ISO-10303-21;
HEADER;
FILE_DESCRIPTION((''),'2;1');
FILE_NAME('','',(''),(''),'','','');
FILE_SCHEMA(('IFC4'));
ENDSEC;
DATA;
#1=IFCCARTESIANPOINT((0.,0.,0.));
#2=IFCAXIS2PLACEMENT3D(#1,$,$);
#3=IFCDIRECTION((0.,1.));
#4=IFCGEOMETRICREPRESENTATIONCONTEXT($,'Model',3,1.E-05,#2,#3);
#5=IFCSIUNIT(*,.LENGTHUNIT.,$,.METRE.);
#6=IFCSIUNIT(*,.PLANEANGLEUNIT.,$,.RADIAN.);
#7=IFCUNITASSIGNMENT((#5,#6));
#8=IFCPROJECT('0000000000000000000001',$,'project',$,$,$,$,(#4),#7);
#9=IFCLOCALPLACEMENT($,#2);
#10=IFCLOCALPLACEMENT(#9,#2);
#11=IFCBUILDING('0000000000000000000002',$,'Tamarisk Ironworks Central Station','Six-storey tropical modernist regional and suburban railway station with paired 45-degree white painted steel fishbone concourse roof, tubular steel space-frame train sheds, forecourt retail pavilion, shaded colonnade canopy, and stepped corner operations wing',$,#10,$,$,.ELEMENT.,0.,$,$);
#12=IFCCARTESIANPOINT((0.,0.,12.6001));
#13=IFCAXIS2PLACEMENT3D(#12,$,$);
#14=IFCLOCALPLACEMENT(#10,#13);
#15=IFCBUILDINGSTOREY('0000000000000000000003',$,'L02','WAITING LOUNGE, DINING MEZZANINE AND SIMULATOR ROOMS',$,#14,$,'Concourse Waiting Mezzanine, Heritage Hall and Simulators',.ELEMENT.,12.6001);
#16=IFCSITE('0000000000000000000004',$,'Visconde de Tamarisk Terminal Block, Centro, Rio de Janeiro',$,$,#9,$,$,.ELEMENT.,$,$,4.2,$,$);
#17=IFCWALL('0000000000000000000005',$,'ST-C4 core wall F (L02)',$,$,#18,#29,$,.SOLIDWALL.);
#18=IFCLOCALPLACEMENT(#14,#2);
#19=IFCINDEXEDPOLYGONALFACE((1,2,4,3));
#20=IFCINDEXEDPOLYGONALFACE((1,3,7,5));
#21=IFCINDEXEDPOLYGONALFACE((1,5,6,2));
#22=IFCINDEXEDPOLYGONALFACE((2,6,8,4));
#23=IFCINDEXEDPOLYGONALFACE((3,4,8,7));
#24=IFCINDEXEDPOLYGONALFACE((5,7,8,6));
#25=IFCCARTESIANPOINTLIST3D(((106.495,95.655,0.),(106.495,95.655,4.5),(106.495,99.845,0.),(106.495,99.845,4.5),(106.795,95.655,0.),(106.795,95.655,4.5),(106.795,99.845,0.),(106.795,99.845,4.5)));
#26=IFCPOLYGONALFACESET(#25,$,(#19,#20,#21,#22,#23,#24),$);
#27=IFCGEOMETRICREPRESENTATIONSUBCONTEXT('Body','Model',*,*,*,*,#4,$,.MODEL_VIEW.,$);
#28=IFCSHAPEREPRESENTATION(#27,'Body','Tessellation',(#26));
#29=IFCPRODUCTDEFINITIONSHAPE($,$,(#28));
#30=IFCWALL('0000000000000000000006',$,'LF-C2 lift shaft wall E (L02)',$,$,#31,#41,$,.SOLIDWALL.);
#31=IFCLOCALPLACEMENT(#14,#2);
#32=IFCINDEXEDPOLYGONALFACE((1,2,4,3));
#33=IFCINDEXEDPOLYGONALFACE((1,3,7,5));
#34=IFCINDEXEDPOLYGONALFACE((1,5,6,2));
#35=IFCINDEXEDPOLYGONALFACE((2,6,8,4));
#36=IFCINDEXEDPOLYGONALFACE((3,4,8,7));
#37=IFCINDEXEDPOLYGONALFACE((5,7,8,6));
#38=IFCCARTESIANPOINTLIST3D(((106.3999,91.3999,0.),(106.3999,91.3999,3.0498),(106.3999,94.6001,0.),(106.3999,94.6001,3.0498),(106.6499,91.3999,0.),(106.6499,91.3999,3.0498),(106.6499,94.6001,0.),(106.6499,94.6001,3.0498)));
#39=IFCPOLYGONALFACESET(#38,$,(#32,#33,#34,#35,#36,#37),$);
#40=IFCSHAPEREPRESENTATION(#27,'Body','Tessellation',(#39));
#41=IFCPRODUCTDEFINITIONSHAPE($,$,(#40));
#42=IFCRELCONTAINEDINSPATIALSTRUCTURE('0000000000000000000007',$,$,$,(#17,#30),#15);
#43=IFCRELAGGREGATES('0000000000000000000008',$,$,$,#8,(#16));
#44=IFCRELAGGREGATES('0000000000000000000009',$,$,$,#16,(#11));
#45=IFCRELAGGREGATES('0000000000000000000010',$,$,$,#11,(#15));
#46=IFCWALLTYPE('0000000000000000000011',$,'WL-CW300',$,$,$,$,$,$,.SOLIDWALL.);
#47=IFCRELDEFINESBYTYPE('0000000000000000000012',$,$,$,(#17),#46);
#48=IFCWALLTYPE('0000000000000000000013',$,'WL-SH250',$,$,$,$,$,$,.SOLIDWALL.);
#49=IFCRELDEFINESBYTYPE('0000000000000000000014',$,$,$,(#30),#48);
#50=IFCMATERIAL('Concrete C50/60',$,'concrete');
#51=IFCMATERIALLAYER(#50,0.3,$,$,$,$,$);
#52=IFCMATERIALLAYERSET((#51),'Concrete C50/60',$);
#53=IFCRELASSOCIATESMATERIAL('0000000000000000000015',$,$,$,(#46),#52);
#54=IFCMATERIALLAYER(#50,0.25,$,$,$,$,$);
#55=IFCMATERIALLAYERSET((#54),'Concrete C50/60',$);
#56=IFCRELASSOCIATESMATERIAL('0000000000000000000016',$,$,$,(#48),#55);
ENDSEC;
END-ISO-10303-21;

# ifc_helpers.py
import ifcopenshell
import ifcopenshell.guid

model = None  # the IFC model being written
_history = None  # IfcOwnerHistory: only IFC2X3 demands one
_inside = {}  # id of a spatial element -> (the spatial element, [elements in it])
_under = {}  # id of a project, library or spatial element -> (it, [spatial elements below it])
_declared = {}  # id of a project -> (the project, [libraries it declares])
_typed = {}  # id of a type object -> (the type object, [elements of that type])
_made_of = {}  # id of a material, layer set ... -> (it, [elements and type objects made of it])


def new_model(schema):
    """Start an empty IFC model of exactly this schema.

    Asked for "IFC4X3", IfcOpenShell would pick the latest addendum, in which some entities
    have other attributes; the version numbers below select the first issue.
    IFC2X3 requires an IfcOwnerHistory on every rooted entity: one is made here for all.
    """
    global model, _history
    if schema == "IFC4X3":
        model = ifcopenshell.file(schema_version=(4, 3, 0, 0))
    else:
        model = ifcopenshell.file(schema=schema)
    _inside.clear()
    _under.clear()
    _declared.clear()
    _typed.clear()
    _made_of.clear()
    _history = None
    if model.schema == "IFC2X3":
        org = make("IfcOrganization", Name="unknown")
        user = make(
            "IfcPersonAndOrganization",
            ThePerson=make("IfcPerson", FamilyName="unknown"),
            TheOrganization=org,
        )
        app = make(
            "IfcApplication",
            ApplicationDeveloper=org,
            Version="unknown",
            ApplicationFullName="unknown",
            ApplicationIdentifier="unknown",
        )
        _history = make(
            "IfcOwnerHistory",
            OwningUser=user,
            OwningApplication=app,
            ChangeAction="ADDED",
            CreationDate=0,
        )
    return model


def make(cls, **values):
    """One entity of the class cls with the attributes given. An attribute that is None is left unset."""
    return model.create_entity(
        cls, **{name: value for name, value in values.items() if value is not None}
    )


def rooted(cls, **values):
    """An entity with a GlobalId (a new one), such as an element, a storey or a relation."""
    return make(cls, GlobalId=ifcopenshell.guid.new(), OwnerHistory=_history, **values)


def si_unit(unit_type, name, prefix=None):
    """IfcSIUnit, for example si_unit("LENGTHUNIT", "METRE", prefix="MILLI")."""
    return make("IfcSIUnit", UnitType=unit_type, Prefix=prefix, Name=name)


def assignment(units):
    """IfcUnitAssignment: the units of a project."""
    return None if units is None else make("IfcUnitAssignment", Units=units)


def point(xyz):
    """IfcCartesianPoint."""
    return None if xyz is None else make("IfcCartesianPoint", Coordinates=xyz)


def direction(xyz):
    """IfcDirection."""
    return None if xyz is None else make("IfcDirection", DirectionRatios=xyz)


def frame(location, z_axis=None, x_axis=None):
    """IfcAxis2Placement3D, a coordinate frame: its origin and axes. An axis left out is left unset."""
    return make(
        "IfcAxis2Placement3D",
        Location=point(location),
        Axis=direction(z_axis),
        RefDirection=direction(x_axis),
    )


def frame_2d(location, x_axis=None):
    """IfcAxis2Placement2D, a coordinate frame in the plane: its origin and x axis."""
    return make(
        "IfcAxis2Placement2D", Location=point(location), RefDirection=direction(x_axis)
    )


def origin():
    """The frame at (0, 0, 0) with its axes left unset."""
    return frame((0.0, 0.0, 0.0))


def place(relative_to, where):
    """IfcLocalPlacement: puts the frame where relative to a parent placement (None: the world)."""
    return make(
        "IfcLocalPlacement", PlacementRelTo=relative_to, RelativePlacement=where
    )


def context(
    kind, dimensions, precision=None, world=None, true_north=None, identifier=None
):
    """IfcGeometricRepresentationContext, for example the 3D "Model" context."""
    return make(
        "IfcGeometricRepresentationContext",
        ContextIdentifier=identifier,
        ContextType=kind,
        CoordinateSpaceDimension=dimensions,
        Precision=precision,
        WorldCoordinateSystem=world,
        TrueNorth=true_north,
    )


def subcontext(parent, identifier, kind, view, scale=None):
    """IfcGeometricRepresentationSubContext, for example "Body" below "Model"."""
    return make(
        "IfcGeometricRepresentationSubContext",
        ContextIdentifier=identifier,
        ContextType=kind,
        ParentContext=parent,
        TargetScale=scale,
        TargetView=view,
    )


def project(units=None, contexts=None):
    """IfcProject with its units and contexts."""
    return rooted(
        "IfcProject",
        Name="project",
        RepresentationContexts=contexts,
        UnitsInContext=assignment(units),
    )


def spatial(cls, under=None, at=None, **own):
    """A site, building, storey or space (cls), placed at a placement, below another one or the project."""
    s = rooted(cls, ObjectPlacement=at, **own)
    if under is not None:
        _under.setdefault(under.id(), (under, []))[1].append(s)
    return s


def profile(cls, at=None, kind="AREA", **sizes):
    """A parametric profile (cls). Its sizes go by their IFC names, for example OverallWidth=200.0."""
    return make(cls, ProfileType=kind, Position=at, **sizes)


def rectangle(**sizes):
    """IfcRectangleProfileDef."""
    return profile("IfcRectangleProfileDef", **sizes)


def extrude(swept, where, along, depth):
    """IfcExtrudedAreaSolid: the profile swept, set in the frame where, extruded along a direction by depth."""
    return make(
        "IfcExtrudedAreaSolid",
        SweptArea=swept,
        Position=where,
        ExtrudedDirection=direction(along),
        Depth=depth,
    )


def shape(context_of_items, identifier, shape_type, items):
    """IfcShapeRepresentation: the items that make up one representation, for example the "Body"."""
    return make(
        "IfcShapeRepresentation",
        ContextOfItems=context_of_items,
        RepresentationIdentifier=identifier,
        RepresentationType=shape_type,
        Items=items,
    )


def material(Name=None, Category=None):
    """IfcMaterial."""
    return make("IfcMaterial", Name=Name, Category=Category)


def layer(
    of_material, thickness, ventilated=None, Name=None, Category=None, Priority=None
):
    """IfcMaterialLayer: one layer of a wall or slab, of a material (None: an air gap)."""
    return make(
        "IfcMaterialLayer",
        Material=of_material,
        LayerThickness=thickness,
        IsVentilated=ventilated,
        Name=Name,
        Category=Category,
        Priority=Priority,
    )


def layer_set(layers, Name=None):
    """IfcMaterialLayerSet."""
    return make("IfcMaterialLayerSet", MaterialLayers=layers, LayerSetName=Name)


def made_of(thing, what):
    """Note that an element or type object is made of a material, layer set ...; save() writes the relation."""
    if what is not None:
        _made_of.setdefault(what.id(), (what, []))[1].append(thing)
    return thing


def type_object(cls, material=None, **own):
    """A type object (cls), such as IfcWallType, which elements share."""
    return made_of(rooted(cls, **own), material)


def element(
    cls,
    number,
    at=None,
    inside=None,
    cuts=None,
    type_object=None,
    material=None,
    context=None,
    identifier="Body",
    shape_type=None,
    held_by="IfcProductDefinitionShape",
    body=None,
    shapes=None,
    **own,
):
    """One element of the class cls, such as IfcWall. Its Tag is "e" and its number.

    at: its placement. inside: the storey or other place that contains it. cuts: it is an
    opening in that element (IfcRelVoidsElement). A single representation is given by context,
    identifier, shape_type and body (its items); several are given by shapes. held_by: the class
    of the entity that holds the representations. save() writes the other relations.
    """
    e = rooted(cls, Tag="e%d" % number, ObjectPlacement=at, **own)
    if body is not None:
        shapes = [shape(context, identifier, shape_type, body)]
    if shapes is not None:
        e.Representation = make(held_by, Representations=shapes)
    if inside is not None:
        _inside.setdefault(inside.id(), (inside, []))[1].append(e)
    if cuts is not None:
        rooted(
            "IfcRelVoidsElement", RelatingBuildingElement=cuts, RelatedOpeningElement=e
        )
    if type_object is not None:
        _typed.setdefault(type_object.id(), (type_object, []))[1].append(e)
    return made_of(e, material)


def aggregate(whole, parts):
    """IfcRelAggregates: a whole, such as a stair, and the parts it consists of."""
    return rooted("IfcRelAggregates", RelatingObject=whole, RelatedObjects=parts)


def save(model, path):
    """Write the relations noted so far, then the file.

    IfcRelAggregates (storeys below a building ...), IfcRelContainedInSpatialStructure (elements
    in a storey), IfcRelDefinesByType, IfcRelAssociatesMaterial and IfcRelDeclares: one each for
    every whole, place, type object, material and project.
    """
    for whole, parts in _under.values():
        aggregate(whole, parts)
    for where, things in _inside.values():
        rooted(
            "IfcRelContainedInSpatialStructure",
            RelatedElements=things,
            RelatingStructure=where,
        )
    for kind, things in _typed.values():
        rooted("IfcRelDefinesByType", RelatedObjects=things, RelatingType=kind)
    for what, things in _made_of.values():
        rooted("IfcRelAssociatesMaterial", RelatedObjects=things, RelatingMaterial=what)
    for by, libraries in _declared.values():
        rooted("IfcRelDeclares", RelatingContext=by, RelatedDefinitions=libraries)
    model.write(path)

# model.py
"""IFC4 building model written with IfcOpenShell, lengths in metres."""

from ifc_helpers import new_model, si_unit, direction, frame, frame_2d, origin, place, context, subcontext, project, spatial, rectangle, extrude, material, layer, layer_set, type_object, element, save


model = new_model("IFC4")

# Units and contexts
model_context = context("Model", 3, precision=1e-05, world=origin(), true_north=direction((0.0, 1.0)))
body_context = subcontext(model_context, "Body", "Model", "MODEL_VIEW")
ifc_project = project(units=[si_unit("LENGTHUNIT", "METRE"), si_unit("PLANEANGLEUNIT", "RADIAN")], contexts=[model_context])

# Site, building, storey
site_placement = place(None, origin())
site = spatial("IfcSite", under=ifc_project, at=site_placement, Name="Visconde de Tamarisk Terminal Block, Centro, Rio de Janeiro", CompositionType="ELEMENT", RefElevation=4.2)
building_placement = place(site_placement, origin())
building = spatial("IfcBuilding", under=site, at=building_placement, Name="Tamarisk Ironworks Central Station", Description="Six-storey tropical modernist regional and suburban railway station with paired 45-degree white painted steel fishbone concourse roof, tubular steel space-frame train sheds, forecourt retail pavilion, shaded colonnade canopy, and stepped corner operations wing", CompositionType="ELEMENT", ElevationOfRefHeight=0.0)
storey_placement = place(building_placement, frame((0.0, 0.0, 12.6001)))
storey = spatial("IfcBuildingStorey", under=building, at=storey_placement, Name="L02", Description="WAITING LOUNGE, DINING MEZZANINE AND SIMULATOR ROOMS", LongName="Concourse Waiting Mezzanine, Heritage Hall and Simulators", CompositionType="ELEMENT", Elevation=12.6001)

# Walls
ifc_material_1 = material(Name="Concrete C50/60", Category="concrete")
ifc_layer_1 = layer(ifc_material_1, 0.3)
ifc_layer_set_1 = layer_set([ifc_layer_1], Name="Concrete C50/60")
wall_type_1 = type_object("IfcWallType", Name="WL-CW300", PredefinedType="SOLIDWALL", material=ifc_layer_set_1)
wall_1_placement = place(storey_placement, frame((106.645, 95.655, 0.0), z_axis=(0.0, 0.0, 1.0), x_axis=(0.0, 1.0, 0.0)))
element("IfcWall", 1, at=wall_1_placement, inside=storey, type_object=wall_type_1, Name="ST-C4 core wall F (L02)", PredefinedType="SOLIDWALL", context=body_context, shape_type="SweptSolid", body=[
    extrude(rectangle(XDim=4.1899, YDim=0.3, at=frame_2d((2.095, 0.0))), origin(), (0.0, 0.0, 1.0), 4.5),
])
ifc_layer_2 = layer(ifc_material_1, 0.25)
ifc_layer_set_2 = layer_set([ifc_layer_2], Name="Concrete C50/60")
wall_type_2 = type_object("IfcWallType", Name="WL-SH250", PredefinedType="SOLIDWALL", material=ifc_layer_set_2)
wall_2_placement = place(storey_placement, frame((106.5249, 91.3999, 0.0), z_axis=(0.0, 0.0, 1.0), x_axis=(0.0, 1.0, 0.0)))
element("IfcWall", 2, at=wall_2_placement, inside=storey, type_object=wall_type_2, Name="LF-C2 lift shaft wall E (L02)", PredefinedType="SOLIDWALL", context=body_context, shape_type="SweptSolid", body=[
    extrude(rectangle(XDim=3.2002, YDim=0.25, at=frame_2d((1.6001, 0.0))), origin(), (0.0, 0.0, 1.0), 3.0498),
])

save(model, "model.ifc")
